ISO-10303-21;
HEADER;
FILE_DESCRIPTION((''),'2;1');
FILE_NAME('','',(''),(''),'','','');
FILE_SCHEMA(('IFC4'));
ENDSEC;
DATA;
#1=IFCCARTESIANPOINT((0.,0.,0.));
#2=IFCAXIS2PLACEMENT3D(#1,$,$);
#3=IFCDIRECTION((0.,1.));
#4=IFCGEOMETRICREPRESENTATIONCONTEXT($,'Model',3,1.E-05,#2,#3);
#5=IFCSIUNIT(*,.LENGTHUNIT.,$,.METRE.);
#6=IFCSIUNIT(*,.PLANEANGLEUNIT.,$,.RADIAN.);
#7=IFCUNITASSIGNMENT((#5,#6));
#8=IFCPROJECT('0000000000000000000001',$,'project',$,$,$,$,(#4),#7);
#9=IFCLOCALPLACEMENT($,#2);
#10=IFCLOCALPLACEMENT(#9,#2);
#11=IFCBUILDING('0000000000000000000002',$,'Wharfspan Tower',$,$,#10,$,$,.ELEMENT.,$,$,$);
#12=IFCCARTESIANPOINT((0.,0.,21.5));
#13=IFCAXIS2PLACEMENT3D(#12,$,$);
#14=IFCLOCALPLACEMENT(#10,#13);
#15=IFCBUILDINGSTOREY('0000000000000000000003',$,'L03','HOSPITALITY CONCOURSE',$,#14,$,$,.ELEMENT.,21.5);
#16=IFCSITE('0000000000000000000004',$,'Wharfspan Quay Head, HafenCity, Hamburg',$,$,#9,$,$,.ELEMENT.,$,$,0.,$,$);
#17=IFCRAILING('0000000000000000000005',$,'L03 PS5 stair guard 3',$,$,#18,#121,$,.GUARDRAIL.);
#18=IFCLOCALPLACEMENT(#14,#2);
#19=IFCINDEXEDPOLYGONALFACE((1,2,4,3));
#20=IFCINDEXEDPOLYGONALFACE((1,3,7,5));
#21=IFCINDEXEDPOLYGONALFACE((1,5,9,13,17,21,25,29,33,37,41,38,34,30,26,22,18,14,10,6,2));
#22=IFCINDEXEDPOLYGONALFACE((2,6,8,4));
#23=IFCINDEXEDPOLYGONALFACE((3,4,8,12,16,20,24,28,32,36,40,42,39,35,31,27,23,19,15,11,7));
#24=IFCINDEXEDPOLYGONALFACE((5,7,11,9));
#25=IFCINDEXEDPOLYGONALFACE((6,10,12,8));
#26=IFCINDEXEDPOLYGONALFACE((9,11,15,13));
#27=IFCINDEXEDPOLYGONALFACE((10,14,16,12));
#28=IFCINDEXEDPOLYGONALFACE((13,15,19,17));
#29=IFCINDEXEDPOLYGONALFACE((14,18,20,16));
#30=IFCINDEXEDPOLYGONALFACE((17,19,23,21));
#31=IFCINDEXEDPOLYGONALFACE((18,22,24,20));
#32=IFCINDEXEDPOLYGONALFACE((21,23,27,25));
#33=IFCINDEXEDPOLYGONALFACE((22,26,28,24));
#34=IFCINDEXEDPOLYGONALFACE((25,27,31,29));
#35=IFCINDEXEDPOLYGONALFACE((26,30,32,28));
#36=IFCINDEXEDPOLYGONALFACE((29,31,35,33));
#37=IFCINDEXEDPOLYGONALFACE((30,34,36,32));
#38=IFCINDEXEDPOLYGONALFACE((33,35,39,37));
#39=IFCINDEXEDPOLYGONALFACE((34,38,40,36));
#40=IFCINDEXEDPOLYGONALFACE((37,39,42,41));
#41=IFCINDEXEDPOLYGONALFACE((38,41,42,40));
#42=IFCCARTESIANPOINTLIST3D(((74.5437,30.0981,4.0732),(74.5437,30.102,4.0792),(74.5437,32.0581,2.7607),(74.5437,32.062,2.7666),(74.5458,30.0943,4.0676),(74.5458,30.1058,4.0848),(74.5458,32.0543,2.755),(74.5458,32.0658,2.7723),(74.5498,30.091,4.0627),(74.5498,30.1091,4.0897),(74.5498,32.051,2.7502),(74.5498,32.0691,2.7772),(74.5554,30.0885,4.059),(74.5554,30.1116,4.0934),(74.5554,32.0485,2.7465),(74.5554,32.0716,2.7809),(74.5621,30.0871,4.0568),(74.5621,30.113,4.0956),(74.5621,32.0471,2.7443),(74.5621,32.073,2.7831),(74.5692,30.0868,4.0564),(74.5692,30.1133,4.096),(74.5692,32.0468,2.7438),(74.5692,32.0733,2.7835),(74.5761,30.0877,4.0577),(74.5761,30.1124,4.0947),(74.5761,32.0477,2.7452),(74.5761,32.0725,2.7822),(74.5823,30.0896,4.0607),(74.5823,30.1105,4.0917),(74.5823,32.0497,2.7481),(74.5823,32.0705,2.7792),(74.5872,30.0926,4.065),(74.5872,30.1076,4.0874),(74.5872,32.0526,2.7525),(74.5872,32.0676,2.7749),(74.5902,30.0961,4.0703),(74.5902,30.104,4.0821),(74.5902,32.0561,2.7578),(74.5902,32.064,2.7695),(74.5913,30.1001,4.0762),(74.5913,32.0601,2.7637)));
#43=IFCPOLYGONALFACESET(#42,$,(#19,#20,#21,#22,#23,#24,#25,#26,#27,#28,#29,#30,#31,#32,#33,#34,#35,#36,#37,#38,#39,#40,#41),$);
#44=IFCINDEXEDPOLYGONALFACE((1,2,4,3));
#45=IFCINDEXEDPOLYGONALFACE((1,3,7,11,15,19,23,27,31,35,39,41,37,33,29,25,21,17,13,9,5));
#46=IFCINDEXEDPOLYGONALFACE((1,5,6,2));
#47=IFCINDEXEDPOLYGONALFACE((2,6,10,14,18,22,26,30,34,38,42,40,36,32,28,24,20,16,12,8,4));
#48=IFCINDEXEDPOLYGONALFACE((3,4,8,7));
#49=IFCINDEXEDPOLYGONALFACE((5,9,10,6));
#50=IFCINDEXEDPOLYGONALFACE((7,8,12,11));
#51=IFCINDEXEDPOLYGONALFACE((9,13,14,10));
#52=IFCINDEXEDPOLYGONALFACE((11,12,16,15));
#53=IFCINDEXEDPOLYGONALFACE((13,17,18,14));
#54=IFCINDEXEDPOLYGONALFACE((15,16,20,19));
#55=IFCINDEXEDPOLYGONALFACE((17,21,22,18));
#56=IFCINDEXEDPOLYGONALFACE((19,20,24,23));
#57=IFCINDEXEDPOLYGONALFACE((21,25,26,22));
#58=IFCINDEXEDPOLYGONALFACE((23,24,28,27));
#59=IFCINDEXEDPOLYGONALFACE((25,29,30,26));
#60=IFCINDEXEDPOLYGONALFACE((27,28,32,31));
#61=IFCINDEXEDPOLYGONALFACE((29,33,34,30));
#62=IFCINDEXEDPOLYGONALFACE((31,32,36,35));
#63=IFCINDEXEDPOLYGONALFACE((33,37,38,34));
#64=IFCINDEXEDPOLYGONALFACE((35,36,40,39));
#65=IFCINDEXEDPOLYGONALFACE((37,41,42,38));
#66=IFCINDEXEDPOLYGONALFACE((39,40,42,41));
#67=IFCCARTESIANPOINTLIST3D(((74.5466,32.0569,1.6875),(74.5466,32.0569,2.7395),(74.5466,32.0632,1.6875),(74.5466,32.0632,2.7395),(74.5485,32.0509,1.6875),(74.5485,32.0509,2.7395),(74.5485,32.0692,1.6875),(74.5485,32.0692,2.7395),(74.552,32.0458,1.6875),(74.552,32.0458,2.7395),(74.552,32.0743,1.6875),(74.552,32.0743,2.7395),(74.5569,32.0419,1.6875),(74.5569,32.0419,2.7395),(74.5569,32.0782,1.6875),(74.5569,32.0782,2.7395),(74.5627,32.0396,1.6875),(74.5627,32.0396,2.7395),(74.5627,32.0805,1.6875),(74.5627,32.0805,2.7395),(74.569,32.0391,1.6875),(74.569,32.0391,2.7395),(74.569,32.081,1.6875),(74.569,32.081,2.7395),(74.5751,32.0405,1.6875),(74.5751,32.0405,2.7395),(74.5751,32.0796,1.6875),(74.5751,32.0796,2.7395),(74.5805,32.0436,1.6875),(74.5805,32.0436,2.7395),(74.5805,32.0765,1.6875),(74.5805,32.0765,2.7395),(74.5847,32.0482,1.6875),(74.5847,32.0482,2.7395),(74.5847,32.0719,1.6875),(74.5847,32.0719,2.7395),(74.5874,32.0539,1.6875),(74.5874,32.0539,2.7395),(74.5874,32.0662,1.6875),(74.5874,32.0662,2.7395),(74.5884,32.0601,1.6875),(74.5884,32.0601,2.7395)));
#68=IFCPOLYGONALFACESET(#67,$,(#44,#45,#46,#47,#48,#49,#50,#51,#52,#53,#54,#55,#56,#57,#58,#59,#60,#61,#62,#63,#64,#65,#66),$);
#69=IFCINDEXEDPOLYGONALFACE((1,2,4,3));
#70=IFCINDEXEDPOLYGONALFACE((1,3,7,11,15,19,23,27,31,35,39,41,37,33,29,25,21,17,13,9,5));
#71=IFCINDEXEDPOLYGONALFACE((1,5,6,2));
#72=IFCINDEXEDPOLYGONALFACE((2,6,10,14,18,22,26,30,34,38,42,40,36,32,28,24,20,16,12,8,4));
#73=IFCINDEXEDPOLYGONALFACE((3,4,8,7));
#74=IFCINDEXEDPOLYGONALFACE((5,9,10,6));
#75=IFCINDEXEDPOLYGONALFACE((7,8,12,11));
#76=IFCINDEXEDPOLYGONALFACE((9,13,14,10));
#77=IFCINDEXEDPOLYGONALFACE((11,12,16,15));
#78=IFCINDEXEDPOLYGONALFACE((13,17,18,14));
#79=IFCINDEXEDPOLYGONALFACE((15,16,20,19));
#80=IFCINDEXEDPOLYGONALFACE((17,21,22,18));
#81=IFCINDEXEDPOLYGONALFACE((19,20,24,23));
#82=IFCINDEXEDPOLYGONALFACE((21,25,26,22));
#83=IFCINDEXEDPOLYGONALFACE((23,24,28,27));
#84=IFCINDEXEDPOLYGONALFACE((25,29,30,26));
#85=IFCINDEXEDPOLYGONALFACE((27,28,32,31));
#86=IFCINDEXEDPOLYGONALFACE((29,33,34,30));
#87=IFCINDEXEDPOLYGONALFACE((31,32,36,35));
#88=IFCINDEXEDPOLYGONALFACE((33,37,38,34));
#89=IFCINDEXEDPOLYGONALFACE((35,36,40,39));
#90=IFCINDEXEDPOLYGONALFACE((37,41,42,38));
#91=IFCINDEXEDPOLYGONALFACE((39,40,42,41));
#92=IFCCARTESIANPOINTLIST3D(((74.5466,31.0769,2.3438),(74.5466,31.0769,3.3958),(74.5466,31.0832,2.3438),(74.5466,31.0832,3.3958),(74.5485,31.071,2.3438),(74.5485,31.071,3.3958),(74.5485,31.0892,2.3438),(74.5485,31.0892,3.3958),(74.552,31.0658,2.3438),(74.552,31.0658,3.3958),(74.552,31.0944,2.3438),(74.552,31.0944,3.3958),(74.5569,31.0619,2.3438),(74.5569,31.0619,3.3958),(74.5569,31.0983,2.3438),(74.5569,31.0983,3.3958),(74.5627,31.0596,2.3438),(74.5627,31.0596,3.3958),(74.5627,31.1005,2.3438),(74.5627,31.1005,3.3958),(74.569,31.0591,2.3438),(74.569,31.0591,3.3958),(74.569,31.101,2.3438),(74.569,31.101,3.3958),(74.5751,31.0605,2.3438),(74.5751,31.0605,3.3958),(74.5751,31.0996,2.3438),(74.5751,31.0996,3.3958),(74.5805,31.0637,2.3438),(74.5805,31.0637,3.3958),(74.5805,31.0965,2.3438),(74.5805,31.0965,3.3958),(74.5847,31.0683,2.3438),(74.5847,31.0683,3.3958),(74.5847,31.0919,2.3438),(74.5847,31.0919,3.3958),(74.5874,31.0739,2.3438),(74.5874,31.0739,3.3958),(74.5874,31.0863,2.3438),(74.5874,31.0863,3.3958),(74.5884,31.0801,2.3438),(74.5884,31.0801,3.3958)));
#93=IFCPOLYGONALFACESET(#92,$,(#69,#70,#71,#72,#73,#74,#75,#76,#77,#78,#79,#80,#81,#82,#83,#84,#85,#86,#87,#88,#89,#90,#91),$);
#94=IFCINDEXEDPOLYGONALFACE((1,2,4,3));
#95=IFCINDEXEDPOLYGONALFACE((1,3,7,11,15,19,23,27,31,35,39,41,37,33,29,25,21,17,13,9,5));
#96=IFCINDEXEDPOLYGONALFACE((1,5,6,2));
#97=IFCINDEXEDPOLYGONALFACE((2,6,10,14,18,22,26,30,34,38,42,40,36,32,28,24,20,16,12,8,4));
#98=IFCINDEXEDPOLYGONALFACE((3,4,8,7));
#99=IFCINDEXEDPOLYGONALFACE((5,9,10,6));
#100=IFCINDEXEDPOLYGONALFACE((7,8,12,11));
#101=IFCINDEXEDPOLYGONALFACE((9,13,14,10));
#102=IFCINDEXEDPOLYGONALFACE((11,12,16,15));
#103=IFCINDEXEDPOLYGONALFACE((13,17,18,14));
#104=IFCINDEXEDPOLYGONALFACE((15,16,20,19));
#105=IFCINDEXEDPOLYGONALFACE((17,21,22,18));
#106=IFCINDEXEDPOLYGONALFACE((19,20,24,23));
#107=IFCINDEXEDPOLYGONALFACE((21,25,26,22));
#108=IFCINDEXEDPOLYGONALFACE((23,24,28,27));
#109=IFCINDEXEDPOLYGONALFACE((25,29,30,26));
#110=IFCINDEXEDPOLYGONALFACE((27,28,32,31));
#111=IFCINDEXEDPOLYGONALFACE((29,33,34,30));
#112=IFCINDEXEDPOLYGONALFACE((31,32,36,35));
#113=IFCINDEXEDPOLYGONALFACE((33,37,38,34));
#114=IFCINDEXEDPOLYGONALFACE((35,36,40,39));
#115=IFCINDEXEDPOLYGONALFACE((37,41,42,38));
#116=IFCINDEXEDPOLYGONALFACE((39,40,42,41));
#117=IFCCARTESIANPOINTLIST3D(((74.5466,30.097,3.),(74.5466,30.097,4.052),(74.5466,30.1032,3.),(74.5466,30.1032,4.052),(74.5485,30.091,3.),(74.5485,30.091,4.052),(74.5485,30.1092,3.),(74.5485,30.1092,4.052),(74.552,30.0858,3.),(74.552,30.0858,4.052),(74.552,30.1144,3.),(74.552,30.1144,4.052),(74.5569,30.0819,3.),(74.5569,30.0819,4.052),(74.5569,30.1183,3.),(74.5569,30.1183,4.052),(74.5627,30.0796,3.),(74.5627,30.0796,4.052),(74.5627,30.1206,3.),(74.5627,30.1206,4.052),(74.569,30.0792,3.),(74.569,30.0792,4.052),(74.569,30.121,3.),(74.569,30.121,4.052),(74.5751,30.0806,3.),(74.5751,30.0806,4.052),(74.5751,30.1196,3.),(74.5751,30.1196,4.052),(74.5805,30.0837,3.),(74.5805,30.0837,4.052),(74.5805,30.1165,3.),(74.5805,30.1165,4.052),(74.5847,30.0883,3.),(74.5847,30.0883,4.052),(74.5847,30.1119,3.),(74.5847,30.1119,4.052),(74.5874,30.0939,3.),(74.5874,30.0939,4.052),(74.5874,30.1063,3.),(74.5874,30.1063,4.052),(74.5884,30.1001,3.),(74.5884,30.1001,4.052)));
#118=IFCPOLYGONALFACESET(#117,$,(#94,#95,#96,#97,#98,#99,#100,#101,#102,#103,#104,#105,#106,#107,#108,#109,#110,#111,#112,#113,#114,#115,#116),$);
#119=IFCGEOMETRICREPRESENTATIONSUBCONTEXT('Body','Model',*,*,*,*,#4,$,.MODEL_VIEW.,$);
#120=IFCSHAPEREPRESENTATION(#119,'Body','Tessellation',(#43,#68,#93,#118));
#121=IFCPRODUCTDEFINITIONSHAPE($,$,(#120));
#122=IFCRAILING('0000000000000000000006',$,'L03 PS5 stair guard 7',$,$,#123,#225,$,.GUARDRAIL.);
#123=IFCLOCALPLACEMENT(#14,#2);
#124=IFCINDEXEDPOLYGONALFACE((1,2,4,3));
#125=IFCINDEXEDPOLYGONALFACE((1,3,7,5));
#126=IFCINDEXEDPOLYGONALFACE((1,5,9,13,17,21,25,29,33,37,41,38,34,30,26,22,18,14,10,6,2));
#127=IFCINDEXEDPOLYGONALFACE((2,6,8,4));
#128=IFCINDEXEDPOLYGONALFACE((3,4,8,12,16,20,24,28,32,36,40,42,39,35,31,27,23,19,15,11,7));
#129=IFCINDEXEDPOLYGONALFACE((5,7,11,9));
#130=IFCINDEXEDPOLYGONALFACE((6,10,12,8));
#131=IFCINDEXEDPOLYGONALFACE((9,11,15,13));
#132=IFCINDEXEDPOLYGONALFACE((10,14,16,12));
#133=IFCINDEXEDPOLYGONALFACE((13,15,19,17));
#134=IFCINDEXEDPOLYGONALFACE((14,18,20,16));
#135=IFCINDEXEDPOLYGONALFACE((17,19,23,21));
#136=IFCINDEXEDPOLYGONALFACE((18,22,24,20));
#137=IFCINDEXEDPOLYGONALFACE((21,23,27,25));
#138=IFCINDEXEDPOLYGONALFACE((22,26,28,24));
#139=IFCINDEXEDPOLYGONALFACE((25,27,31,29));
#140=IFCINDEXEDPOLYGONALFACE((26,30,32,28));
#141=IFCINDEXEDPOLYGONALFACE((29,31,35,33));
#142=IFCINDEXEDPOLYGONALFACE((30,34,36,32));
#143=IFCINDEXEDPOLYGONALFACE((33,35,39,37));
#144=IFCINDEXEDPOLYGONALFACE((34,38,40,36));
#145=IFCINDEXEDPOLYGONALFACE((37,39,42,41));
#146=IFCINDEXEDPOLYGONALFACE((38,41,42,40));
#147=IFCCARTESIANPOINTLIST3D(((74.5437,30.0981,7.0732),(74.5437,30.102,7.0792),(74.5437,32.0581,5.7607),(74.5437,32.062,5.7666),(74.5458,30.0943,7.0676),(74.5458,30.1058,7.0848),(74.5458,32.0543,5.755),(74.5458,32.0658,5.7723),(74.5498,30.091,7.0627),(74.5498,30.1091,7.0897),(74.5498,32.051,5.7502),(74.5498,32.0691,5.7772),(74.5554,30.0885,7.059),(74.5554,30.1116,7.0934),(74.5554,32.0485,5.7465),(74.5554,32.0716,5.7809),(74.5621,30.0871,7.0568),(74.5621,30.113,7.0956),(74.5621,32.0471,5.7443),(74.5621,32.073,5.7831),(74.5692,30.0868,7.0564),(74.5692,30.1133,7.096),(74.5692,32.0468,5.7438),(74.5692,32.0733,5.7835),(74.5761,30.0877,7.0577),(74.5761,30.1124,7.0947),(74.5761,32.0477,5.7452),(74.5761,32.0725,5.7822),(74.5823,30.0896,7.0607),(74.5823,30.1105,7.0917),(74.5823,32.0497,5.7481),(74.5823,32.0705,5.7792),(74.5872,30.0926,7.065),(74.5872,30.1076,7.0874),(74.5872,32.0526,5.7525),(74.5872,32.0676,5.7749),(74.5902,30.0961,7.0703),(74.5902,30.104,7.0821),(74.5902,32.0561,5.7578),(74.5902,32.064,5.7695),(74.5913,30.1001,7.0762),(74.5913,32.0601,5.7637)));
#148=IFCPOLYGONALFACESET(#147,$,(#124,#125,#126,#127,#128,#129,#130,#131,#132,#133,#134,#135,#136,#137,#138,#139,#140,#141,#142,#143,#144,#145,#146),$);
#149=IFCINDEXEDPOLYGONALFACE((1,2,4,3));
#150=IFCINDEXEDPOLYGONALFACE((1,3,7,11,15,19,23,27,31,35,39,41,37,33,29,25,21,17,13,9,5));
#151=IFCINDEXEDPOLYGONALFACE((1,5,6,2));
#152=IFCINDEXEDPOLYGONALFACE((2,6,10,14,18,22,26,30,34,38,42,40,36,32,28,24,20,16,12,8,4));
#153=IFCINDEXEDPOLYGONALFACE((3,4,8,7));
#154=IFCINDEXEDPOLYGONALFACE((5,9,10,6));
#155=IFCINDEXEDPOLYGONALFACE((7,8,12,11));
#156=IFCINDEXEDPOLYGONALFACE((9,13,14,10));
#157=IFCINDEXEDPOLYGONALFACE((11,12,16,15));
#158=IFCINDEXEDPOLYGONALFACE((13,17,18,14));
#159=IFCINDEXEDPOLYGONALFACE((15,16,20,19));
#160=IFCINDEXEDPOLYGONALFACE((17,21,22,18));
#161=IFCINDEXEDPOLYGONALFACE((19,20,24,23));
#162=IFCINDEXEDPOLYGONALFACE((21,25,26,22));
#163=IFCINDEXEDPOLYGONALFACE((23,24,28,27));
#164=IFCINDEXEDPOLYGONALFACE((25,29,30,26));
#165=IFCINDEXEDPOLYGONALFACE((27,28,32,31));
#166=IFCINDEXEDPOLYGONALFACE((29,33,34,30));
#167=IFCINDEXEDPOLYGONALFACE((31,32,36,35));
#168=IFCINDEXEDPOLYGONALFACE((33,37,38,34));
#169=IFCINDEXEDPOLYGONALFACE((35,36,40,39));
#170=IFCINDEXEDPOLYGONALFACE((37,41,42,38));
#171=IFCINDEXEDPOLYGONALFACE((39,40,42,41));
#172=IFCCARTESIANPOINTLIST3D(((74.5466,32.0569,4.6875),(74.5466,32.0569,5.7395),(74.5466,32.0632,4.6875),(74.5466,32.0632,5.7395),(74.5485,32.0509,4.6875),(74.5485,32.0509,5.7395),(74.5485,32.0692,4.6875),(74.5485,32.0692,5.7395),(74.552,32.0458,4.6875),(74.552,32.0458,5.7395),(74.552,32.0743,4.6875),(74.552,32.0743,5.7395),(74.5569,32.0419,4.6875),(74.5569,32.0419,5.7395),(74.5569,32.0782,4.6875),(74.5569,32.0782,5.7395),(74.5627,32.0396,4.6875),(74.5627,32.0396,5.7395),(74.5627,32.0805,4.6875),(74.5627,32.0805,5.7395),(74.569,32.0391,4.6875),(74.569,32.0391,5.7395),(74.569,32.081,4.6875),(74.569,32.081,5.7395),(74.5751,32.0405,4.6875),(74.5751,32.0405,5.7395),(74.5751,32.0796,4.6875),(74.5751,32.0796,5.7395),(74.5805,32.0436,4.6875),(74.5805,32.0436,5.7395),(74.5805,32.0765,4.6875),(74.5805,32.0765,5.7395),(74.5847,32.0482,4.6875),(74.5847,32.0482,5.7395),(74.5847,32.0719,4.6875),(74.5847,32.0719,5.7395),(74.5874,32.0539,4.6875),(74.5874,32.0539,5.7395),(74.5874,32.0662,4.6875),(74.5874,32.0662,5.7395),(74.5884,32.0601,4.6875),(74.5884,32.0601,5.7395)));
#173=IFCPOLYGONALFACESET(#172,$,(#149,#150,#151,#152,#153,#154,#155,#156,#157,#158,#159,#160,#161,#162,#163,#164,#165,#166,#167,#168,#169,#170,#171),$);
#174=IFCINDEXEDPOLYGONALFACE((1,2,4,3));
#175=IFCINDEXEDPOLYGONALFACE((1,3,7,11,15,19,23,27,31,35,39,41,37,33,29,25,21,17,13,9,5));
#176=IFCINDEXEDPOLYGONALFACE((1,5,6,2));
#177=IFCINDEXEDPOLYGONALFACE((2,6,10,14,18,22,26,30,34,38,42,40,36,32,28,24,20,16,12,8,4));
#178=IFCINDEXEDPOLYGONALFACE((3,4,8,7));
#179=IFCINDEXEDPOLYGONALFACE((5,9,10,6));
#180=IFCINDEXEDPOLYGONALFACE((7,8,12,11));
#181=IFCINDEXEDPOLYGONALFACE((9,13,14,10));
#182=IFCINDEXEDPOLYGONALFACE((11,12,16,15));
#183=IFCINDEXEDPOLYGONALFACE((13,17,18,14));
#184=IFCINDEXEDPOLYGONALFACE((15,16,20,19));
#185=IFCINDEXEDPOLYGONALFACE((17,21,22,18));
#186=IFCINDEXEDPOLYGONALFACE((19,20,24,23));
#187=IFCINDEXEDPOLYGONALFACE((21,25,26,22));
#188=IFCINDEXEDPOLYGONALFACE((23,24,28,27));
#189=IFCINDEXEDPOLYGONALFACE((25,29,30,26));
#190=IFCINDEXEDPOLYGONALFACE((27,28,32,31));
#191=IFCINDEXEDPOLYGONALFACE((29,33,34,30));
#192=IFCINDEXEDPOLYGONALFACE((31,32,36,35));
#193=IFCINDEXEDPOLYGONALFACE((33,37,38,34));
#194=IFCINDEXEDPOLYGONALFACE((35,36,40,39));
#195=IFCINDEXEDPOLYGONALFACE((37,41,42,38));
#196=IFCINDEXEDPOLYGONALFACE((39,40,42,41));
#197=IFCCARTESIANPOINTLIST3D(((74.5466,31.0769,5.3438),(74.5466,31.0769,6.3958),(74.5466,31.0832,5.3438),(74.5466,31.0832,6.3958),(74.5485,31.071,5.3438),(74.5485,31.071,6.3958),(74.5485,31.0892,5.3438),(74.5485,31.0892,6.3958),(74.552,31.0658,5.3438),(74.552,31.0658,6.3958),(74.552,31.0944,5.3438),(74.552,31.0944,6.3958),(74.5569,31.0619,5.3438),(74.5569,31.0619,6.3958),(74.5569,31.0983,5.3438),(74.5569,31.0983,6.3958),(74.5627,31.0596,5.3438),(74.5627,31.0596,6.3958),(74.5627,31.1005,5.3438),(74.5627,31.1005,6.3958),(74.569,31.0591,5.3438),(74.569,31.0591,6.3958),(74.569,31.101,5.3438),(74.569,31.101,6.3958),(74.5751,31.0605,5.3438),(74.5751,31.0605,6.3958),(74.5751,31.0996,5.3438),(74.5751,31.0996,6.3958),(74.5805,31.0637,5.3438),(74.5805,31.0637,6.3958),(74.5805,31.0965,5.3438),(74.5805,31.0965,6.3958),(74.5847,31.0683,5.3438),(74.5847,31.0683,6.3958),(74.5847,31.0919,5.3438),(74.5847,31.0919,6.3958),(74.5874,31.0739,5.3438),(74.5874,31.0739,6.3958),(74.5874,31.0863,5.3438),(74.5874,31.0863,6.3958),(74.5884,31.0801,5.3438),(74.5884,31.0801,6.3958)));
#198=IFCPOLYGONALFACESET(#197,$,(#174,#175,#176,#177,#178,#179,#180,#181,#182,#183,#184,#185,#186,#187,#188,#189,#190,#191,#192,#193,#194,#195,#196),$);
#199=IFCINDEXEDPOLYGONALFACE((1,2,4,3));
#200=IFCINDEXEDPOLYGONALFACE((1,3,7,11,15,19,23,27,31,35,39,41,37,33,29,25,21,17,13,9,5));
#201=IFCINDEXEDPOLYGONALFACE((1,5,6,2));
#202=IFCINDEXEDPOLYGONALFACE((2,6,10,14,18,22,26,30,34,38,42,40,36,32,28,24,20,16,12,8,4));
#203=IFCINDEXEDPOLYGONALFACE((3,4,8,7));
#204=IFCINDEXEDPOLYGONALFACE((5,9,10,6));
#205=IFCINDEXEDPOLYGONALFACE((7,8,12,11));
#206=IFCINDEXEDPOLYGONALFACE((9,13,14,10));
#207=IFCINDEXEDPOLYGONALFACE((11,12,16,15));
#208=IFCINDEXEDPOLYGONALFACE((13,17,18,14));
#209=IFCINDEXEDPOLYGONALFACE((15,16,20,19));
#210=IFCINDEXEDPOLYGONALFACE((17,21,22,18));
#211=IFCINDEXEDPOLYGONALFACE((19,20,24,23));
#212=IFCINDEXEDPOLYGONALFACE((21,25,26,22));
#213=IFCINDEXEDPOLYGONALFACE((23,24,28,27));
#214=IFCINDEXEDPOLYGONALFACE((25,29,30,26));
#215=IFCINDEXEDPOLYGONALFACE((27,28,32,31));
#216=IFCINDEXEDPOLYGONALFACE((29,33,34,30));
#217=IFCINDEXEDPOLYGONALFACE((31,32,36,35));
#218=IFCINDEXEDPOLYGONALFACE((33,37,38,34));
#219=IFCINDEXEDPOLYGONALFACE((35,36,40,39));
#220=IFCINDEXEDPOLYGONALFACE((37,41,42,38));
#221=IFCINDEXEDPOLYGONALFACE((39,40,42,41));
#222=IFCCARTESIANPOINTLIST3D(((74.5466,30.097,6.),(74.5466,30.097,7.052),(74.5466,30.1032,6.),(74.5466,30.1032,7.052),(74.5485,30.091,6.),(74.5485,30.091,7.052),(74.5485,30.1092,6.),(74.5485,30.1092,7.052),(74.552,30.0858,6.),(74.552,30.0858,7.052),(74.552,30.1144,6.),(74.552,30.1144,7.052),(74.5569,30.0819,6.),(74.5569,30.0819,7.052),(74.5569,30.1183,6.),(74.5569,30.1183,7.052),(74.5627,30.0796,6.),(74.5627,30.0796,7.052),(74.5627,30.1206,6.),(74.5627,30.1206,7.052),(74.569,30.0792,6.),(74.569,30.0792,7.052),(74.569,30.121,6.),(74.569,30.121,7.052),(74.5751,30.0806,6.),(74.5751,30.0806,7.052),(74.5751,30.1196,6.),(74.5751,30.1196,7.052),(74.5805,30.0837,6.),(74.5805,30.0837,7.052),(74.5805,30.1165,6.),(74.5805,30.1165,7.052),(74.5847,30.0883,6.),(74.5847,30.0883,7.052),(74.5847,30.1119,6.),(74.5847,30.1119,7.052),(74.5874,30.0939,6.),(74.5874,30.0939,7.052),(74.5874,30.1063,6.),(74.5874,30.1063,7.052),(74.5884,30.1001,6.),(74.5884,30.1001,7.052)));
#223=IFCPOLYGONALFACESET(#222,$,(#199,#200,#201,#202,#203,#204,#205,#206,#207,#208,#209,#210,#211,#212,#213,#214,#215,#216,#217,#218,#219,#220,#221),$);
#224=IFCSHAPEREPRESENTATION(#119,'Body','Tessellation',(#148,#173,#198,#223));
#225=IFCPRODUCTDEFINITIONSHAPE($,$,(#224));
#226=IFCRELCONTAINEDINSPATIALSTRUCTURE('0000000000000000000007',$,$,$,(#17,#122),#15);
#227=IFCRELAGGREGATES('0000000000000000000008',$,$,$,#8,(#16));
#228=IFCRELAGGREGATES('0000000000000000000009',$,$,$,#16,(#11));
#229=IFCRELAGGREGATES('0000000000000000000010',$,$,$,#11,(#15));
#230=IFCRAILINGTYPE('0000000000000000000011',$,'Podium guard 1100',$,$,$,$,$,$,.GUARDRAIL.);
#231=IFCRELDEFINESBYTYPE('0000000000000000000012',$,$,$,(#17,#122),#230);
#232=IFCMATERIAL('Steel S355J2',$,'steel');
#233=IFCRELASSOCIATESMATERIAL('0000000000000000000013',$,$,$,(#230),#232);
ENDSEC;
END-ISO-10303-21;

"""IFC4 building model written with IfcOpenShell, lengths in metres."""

from ifc_helpers import new_model, si_unit, direction, frame, origin, origin_2d, place, context, subcontext, project, spatial, circle, extrude, material, type_object, element, save


model = new_model("IFC4")

# Units and contexts
model_context = context("Model", 3, precision=1e-05, world=origin(), true_north=direction((0.0, 1.0)))
body_context = subcontext(model_context, "Body", "Model", "MODEL_VIEW")
ifc_project = project(units=[si_unit("LENGTHUNIT", "METRE"), si_unit("PLANEANGLEUNIT", "RADIAN")], contexts=[model_context])

# Site, building, storey
site_placement = place(None, origin())
site = spatial("IfcSite", under=ifc_project, at=site_placement, Name="Wharfspan Quay Head, HafenCity, Hamburg", CompositionType="ELEMENT", RefElevation=0.0)
building_placement = place(site_placement, origin())
building = spatial("IfcBuilding", under=site, at=building_placement, Name="Wharfspan Tower", CompositionType="ELEMENT")
storey_placement = place(building_placement, frame((0.0, 0.0, 21.5)))
storey = spatial("IfcBuildingStorey", under=building, at=storey_placement, Name="L03", Description="HOSPITALITY CONCOURSE", CompositionType="ELEMENT", Elevation=21.5)

# Railings
ifc_material_1 = material(Name="Steel S355J2", Category="steel")
railing_type_1 = type_object("IfcRailingType", Name="Podium guard 1100", PredefinedType="GUARDRAIL", material=ifc_material_1)
for number, where, name in (
    (1, (74.5674, 32.0601, 1.6875), "L03 PS5 stair guard 3"),
    (2, (74.5674, 32.0601, 4.6875), "L03 PS5 stair guard 7"),
):
    element("IfcRailing", number, at=place(storey_placement, frame(where)), inside=storey, type_object=railing_type_1, Name=name, PredefinedType="GUARDRAIL", context=body_context, shape_type="SweptSolid", body=[
        extrude(circle(Radius=0.0239, at=origin_2d()), frame((0.0, 0.0, 1.0762), z_axis=(0.0, -0.830902, 0.556419), x_axis=(1.0, 0.0, 0.0)), (0.0, 0.0, 1.0), 2.3589),
        extrude(circle(Radius=0.021, at=origin_2d()), origin(), (0.0, 0.0, 1.0), 1.052),
        extrude(circle(Radius=0.021, at=origin_2d()), frame((0.0, -0.98, 0.6562)), (0.0, 0.0, 1.0), 1.052),
        extrude(circle(Radius=0.021, at=origin_2d()), frame((0.0, -1.96, 1.3125)), (0.0, 0.0, 1.0), 1.052),
    ])

save(model, "model.ifc")
